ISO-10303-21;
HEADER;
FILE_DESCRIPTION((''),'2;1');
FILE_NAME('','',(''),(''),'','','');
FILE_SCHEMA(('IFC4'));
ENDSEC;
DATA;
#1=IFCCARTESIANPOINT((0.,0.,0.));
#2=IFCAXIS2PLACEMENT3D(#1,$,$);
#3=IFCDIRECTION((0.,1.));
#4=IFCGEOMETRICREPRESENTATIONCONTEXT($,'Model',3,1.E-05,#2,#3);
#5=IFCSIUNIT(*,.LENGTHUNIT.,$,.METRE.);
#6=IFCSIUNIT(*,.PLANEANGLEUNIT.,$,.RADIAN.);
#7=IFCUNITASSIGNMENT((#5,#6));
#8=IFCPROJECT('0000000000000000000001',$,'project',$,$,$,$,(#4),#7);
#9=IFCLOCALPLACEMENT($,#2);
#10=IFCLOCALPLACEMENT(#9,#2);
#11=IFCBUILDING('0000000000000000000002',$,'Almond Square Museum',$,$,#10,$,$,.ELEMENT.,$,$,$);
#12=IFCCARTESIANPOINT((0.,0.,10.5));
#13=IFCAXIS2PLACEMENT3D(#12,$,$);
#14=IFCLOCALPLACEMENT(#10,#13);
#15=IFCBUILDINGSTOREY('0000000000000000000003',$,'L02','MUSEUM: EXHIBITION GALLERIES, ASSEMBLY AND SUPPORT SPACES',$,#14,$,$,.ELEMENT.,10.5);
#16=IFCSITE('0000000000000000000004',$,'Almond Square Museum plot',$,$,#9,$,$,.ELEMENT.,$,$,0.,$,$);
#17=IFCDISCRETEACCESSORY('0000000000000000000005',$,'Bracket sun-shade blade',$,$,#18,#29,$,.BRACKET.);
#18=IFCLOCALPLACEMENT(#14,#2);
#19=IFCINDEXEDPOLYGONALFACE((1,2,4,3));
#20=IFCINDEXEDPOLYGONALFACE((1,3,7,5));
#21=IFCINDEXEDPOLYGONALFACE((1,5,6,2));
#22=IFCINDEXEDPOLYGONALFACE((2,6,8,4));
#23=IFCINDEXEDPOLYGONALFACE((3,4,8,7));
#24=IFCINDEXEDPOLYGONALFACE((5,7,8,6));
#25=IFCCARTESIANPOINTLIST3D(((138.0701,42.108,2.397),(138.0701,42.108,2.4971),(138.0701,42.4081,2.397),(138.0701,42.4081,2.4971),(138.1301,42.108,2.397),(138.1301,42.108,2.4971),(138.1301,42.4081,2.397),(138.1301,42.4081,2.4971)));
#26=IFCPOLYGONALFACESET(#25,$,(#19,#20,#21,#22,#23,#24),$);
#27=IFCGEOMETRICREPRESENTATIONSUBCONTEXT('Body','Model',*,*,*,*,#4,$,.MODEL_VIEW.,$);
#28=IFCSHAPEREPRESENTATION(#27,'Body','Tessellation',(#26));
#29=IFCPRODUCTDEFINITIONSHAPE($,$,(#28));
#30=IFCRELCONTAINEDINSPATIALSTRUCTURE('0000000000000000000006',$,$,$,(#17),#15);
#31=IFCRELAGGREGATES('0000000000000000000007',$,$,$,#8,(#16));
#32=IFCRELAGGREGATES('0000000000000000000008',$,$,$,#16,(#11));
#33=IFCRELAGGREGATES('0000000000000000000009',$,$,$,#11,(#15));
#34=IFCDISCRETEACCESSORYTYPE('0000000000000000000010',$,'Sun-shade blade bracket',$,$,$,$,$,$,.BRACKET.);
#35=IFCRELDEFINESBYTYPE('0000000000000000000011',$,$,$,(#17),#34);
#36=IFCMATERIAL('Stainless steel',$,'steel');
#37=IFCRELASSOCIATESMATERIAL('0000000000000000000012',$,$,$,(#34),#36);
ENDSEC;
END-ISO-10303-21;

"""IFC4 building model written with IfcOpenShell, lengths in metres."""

from ifc_helpers import new_model, si_unit, direction, frame, origin, origin_2d, place, context, subcontext, project, spatial, rectangle, extrude, material, type_object, element, save


model = new_model("IFC4")

# Units and contexts
model_context = context("Model", 3, precision=1e-05, world=origin(), true_north=direction((0.0, 1.0)))
body_context = subcontext(model_context, "Body", "Model", "MODEL_VIEW")
ifc_project = project(units=[si_unit("LENGTHUNIT", "METRE"), si_unit("PLANEANGLEUNIT", "RADIAN")], contexts=[model_context])

# Site, building, storey
site_placement = place(None, origin())
site = spatial("IfcSite", under=ifc_project, at=site_placement, Name="Almond Square Museum plot", CompositionType="ELEMENT", RefElevation=0.0)
building_placement = place(site_placement, origin())
building = spatial("IfcBuilding", under=site, at=building_placement, Name="Almond Square Museum", CompositionType="ELEMENT")
storey_placement = place(building_placement, frame((0.0, 0.0, 10.5)))
storey = spatial("IfcBuildingStorey", under=building, at=storey_placement, Name="L02", Description="MUSEUM: EXHIBITION GALLERIES, ASSEMBLY AND SUPPORT SPACES", CompositionType="ELEMENT", Elevation=10.5)

# Discrete accessory
ifc_material_1 = material(Name="Stainless steel", Category="steel")
discrete_accessory_type_1 = type_object("IfcDiscreteAccessoryType", Name="Sun-shade blade bracket", PredefinedType="BRACKET", material=ifc_material_1)
for number, where, z_axis, x_axis, name in (
    (1, (138.1001, 42.2581, 2.397), (0.0, 0.0, 1.0), (1.0, 0.0, 0.0), "Bracket sun-shade blade"),
):
    element("IfcDiscreteAccessory", number, at=place(storey_placement, frame(where, z_axis=z_axis, x_axis=x_axis)), inside=storey, type_object=discrete_accessory_type_1, Name=name, PredefinedType="BRACKET", context=body_context, shape_type="SweptSolid", body=[
        extrude(rectangle(XDim=0.0601, YDim=0.3, at=origin_2d()), origin(), (0.0, 0.0, 1.0), 0.1001),
    ])

save(model, "model.ifc")
